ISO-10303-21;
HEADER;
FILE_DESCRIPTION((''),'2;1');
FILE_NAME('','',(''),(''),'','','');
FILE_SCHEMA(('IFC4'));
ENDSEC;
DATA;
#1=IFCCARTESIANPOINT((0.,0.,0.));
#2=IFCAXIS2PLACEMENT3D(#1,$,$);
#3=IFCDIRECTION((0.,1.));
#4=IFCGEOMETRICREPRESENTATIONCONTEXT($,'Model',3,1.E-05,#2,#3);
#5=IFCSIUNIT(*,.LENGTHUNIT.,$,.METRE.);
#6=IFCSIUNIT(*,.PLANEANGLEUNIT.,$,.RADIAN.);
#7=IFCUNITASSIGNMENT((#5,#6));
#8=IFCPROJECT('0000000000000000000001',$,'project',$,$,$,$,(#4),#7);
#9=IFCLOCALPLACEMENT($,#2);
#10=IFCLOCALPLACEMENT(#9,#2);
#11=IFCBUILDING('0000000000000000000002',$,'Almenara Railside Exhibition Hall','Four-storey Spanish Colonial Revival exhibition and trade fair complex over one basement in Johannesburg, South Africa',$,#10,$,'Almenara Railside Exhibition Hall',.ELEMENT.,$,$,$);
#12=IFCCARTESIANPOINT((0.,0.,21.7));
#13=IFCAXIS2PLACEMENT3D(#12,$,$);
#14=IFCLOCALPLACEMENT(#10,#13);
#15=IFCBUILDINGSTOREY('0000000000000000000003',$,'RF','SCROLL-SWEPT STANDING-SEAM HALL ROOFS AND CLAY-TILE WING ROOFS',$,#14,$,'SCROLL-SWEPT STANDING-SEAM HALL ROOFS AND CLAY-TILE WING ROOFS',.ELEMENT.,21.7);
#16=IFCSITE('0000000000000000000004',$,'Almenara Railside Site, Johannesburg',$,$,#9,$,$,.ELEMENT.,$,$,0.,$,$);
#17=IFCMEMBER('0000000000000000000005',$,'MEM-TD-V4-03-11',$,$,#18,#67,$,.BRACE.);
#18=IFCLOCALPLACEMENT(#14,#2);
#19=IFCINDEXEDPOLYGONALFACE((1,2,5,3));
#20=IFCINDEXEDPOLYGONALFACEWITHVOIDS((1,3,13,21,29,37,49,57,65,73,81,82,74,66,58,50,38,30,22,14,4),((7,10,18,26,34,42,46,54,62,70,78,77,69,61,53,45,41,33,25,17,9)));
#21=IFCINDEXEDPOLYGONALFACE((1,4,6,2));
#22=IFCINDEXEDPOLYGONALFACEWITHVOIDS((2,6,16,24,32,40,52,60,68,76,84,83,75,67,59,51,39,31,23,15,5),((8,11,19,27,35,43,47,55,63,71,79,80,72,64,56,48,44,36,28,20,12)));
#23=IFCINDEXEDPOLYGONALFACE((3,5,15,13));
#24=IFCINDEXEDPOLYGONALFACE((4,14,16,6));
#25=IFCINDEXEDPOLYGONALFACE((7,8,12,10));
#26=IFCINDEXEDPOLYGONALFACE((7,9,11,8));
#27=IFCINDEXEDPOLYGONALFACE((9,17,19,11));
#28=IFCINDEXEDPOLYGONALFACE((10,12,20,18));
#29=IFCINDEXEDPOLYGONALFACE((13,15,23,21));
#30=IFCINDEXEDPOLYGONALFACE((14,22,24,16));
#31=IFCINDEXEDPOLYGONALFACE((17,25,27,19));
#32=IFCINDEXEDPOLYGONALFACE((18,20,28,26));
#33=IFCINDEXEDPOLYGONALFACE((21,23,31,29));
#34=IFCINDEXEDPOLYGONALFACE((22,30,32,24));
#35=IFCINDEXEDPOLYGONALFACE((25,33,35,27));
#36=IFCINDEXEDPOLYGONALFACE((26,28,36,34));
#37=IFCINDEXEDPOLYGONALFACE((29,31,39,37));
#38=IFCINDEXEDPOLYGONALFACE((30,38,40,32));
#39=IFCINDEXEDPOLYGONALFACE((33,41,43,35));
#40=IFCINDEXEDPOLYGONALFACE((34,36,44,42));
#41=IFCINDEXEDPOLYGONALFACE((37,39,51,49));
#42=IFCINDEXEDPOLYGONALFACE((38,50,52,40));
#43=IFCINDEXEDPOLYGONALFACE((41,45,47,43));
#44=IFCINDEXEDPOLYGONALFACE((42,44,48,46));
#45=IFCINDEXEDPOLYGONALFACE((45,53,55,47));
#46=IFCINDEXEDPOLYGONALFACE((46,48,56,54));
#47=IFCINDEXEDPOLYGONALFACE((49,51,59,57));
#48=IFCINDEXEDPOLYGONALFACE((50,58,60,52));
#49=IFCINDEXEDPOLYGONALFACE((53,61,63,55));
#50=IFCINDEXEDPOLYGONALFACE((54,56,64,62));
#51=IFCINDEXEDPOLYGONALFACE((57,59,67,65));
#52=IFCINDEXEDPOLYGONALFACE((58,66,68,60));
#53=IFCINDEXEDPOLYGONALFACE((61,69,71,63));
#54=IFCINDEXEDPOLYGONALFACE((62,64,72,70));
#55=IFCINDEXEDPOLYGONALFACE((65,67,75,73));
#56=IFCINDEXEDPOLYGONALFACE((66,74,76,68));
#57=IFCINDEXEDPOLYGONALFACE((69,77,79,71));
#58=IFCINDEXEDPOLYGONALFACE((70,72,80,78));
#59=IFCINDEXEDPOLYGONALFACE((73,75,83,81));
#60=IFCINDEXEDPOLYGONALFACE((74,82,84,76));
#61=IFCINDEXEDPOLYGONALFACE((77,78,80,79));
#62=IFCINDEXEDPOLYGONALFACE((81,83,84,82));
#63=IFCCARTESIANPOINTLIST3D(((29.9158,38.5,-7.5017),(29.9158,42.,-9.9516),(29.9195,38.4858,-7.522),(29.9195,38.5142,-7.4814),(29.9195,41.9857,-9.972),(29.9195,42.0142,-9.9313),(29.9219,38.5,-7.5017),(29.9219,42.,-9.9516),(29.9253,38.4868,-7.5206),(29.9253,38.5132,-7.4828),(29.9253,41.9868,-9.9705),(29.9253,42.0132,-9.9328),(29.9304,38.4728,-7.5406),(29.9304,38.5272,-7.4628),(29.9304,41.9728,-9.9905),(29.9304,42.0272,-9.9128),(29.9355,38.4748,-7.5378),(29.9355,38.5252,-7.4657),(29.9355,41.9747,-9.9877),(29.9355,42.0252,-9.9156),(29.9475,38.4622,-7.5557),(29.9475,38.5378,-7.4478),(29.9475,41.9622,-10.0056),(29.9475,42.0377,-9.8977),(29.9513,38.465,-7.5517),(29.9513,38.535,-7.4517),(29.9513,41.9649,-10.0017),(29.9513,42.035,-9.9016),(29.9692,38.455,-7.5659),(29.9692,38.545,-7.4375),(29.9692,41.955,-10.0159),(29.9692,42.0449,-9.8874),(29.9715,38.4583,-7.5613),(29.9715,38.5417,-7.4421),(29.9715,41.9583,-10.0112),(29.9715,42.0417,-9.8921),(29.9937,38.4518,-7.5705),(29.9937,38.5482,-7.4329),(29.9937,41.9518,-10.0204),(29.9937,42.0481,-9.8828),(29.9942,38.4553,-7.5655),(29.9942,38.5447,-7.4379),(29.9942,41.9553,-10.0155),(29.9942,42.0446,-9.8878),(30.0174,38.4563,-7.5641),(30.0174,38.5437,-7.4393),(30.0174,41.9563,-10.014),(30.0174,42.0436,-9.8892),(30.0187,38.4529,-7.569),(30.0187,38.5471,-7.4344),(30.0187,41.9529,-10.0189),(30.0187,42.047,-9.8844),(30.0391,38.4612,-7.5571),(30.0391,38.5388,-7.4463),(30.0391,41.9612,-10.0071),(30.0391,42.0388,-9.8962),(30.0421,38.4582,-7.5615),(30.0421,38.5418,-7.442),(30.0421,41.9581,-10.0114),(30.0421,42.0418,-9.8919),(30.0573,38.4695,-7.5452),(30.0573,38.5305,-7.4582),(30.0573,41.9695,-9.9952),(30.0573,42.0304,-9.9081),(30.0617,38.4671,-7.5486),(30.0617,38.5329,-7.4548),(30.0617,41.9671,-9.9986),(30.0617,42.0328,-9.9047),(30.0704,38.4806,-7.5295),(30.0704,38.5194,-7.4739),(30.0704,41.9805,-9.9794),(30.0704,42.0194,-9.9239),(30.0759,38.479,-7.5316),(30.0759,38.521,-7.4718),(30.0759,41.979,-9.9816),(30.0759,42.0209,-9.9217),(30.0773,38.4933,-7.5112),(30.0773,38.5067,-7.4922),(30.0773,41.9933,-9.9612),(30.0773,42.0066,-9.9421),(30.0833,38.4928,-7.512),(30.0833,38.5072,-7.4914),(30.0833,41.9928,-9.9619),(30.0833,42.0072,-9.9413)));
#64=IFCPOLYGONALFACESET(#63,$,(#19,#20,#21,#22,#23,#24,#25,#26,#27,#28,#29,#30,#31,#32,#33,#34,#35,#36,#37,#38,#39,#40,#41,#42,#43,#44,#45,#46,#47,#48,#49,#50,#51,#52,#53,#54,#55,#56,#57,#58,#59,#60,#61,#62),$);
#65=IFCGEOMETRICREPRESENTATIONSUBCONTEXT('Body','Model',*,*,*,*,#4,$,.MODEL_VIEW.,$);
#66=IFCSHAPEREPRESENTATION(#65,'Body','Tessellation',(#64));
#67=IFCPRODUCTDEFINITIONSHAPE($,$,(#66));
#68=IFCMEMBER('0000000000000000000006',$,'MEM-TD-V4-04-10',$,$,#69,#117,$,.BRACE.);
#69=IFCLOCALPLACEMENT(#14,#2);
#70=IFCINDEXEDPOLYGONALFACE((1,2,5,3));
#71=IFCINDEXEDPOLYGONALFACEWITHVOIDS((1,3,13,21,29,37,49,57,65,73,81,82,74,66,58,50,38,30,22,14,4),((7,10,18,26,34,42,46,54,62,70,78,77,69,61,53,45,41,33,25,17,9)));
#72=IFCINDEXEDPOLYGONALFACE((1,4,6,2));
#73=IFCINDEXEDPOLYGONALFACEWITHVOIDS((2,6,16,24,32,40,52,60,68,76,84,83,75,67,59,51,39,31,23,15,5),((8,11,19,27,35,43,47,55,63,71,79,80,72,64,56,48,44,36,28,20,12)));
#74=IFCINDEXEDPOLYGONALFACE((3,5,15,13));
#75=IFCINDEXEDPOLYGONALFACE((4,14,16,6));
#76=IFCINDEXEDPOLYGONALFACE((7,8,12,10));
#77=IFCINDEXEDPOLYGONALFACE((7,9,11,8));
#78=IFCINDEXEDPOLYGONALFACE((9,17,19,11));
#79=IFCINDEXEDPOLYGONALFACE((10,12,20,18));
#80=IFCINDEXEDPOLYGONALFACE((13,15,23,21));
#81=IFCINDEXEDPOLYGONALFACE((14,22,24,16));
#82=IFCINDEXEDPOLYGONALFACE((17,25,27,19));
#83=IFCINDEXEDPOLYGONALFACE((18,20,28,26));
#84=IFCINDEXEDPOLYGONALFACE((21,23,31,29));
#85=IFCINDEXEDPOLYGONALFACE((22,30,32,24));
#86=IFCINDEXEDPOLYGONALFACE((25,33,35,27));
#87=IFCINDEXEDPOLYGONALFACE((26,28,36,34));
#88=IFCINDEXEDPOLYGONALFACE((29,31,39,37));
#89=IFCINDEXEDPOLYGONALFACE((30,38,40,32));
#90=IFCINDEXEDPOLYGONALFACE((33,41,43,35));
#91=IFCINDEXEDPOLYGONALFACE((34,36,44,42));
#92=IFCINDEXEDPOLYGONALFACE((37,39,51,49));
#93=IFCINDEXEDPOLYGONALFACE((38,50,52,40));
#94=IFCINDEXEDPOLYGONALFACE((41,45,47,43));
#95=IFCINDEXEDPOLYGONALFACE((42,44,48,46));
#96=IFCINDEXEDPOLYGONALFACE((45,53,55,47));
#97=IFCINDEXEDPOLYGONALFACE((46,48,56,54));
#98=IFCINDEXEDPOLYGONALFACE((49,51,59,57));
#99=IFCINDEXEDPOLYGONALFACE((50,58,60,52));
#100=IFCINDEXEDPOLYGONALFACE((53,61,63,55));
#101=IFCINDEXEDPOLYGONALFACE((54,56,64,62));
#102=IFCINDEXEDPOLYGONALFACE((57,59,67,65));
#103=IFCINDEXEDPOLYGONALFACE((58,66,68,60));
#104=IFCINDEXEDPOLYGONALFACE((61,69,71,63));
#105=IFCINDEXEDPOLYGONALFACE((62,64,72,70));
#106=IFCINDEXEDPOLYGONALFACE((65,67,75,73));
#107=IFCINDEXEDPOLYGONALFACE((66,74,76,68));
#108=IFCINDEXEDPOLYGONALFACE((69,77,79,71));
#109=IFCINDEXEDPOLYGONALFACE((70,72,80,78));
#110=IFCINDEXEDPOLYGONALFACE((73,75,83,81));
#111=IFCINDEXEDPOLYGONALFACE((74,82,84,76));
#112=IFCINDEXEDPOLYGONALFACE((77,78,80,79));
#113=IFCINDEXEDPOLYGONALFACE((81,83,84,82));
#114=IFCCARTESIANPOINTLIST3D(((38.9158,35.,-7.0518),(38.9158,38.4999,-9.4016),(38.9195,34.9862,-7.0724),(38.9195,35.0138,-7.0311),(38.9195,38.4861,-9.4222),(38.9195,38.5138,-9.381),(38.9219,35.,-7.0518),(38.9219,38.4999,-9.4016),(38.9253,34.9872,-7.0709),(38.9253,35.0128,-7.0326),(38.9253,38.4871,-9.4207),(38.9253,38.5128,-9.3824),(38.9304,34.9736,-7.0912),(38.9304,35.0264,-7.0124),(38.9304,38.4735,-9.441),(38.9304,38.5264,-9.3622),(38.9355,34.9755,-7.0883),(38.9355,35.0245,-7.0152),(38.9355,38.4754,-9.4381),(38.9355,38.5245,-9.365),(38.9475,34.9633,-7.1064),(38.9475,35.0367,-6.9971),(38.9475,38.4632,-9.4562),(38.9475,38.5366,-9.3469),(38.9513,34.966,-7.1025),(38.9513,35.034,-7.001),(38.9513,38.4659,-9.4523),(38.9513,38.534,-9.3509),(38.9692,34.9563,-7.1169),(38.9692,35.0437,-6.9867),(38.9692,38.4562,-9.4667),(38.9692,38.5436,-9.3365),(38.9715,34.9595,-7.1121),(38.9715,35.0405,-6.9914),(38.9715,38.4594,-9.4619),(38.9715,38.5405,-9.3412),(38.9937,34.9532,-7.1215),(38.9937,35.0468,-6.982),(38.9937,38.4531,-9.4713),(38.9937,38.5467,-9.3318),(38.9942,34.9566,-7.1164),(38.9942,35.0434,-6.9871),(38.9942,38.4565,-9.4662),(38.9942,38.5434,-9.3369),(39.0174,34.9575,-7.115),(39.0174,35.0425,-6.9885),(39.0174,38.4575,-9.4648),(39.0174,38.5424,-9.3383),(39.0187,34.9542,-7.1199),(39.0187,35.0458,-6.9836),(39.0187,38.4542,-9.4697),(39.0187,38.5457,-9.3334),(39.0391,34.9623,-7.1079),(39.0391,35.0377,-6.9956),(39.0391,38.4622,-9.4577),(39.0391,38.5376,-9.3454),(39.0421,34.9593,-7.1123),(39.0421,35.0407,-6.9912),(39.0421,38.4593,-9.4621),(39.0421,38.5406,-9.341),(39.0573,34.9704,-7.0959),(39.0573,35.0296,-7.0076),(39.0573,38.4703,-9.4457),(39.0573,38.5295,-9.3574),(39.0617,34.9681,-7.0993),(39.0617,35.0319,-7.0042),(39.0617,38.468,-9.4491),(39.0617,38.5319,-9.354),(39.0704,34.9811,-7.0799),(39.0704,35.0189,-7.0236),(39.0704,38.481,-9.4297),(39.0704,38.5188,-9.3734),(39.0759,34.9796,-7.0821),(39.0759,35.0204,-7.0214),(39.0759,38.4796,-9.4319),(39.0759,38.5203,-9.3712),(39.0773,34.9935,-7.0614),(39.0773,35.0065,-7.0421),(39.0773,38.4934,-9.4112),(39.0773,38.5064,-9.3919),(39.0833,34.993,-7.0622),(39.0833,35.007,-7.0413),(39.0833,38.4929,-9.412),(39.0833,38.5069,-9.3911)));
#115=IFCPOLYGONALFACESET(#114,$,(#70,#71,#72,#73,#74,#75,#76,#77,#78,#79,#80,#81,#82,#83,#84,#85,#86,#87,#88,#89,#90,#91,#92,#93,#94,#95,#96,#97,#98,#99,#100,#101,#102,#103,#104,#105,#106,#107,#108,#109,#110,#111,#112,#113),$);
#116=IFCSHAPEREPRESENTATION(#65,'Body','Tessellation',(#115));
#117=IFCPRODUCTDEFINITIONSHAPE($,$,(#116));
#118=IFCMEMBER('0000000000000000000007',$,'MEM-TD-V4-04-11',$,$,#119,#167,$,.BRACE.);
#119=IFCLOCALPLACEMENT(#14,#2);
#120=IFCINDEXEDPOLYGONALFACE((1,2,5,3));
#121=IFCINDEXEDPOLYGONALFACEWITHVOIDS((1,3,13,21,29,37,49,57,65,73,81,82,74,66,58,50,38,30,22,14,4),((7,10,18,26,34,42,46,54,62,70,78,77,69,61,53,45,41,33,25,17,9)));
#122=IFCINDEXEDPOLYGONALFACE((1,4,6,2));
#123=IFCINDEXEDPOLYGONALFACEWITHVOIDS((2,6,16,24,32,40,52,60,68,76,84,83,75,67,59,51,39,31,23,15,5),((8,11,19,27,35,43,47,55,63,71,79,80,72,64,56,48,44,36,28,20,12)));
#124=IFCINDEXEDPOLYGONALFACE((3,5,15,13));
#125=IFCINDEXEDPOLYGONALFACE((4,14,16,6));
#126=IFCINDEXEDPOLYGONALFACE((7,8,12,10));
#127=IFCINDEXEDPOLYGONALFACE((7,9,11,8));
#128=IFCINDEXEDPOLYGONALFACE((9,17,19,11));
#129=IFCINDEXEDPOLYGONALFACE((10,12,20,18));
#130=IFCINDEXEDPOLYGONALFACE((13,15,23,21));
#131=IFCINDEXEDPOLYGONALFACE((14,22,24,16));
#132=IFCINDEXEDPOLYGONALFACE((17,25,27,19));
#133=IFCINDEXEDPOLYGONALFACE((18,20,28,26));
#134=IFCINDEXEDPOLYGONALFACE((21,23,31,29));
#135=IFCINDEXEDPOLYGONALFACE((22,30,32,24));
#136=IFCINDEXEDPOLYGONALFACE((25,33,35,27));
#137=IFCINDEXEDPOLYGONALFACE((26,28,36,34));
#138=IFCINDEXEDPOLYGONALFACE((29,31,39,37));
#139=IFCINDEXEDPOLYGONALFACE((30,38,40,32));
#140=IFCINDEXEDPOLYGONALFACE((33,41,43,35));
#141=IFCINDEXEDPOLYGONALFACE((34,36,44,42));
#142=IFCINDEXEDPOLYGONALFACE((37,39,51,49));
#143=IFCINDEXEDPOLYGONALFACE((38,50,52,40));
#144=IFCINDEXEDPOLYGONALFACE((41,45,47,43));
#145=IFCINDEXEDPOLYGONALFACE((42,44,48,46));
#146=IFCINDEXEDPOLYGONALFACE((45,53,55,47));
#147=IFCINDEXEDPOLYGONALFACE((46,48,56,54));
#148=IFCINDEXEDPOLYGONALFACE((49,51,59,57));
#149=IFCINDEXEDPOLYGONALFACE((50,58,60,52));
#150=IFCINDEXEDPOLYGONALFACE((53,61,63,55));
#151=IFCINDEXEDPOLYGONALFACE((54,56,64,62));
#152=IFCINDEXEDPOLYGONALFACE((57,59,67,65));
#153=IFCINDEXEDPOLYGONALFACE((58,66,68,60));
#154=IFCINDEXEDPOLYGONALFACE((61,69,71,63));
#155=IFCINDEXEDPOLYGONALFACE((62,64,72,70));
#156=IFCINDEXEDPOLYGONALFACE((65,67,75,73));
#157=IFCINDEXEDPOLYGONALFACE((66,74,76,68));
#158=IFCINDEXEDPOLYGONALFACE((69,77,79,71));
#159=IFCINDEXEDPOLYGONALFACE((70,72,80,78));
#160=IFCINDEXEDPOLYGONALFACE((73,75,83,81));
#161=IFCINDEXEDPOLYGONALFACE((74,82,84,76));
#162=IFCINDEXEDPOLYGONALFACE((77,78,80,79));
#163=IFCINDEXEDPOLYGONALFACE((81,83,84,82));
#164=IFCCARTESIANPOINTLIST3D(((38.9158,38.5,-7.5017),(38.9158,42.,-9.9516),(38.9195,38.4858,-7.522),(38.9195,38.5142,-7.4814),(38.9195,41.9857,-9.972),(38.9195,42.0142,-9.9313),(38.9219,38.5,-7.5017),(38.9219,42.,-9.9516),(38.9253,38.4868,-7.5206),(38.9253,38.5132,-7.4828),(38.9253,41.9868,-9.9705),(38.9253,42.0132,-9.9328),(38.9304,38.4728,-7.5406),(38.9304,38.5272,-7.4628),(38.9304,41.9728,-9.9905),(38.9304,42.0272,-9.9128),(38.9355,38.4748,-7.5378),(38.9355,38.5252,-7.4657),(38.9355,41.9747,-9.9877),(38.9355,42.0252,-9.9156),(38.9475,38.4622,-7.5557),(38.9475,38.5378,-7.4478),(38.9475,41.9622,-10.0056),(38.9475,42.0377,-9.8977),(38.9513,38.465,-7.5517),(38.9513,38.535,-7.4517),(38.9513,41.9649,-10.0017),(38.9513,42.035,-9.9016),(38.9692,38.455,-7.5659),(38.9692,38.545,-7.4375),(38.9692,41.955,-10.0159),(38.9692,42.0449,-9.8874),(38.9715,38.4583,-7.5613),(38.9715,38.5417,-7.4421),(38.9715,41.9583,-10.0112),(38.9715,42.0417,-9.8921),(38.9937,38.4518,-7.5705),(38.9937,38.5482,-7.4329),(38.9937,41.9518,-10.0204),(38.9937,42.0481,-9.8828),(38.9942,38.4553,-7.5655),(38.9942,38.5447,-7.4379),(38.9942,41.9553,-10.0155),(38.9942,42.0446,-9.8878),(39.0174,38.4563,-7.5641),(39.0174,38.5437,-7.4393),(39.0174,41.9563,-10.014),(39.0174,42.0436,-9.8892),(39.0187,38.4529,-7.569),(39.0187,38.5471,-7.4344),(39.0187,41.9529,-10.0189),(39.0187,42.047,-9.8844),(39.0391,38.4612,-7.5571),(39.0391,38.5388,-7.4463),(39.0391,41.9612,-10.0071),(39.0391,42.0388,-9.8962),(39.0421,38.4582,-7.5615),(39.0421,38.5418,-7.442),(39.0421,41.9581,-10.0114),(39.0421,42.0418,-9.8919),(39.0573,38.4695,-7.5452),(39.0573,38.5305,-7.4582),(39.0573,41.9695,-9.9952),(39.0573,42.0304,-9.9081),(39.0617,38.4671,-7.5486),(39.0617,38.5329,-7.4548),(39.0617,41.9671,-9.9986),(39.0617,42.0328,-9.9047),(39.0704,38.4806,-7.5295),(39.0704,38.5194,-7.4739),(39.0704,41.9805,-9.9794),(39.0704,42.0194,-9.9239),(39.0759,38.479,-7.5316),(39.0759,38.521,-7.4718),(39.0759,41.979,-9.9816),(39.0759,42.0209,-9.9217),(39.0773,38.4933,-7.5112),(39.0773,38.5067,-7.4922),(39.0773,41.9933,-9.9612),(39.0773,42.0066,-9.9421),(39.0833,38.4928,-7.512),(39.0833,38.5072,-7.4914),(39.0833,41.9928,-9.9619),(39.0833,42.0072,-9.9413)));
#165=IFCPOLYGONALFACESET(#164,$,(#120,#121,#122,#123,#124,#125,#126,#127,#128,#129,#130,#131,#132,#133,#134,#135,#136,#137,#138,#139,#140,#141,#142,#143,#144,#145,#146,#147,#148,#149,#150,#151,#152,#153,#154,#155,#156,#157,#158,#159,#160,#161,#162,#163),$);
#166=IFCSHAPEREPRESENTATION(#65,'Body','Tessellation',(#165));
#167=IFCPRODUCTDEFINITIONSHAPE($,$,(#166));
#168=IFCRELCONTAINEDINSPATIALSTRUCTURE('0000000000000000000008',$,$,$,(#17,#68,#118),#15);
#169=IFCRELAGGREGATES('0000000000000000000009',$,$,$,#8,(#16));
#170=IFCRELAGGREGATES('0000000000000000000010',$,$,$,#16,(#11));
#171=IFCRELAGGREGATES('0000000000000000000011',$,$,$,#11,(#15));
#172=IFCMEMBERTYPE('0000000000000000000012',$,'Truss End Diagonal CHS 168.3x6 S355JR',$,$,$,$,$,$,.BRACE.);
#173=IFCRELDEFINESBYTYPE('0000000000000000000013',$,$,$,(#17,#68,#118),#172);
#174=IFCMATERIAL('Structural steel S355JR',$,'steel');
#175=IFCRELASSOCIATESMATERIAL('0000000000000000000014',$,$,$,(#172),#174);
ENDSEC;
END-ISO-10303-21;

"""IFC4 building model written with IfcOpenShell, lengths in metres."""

from ifc_helpers import new_model, si_unit, direction, frame, origin, origin_2d, place, context, subcontext, project, spatial, hollow_circle, extrude, material, material_profile, profile_set, type_object, element, save


model = new_model("IFC4")

# Units and contexts
model_context = context("Model", 3, precision=1e-05, world=origin(), true_north=direction((0.0, 1.0)))
body_context = subcontext(model_context, "Body", "Model", "MODEL_VIEW")
ifc_project = project(units=[si_unit("LENGTHUNIT", "METRE"), si_unit("PLANEANGLEUNIT", "RADIAN")], contexts=[model_context])

# Site, building, storey
site_placement = place(None, origin())
site = spatial("IfcSite", under=ifc_project, at=site_placement, Name="Almenara Railside Site, Johannesburg", CompositionType="ELEMENT", RefElevation=0.0)
building_placement = place(site_placement, origin())
building = spatial("IfcBuilding", under=site, at=building_placement, Name="Almenara Railside Exhibition Hall", Description="Four-storey Spanish Colonial Revival exhibition and trade fair complex over one basement in Johannesburg, South Africa", LongName="Almenara Railside Exhibition Hall", CompositionType="ELEMENT")
storey_placement = place(building_placement, frame((0.0, 0.0, 21.7)))
storey = spatial("IfcBuildingStorey", under=building, at=storey_placement, Name="RF", Description="SCROLL-SWEPT STANDING-SEAM HALL ROOFS AND CLAY-TILE WING ROOFS", LongName="SCROLL-SWEPT STANDING-SEAM HALL ROOFS AND CLAY-TILE WING ROOFS", CompositionType="ELEMENT", Elevation=21.7)

# Shared definitions
ifc_material = material(Name="Structural steel S355JR", Category="steel")

# Members
ifc_material_profile_1 = material_profile(ifc_material, hollow_circle(Radius=0.0842, WallThickness=0.0061, at=origin_2d()), Name="CHS 168.3x6")
ifc_profile_set_1 = profile_set([ifc_material_profile_1], Name="Structural steel S355JR")
member_type_1 = type_object("IfcMemberType", Name="Truss End Diagonal CHS 168.3x6 S355JR", PredefinedType="BRACE", material=ifc_profile_set_1)
member_1_placement = place(storey_placement, frame((30.0, 38.5, -7.5017), z_axis=(0.0, 0.819237, -0.573455), x_axis=(-1.0, 0.0, 0.0)))
element("IfcMember", 1, at=member_1_placement, inside=storey, type_object=member_type_1, Name="MEM-TD-V4-03-11", PredefinedType="BRACE", context=body_context, shape_type="SweptSolid", body=[
    extrude(hollow_circle(Radius=0.0842, WallThickness=0.0061, at=origin_2d()), origin(), (0.0, 0.0, 1.0), 4.2722),
])
member_2_placement = place(storey_placement, frame((39.0, 35.0, -7.0518), z_axis=(0.0, 0.830237, -0.55741), x_axis=(-1.0, 0.0, 0.0)))
element("IfcMember", 2, at=member_2_placement, inside=storey, type_object=member_type_1, Name="MEM-TD-V4-04-10", PredefinedType="BRACE", context=body_context, shape_type="SweptSolid", body=[
    extrude(hollow_circle(Radius=0.0842, WallThickness=0.0061, at=origin_2d()), origin(), (0.0, 0.0, 1.0), 4.2156),
])
member_3_placement = place(storey_placement, frame((39.0, 38.5, -7.5017), z_axis=(0.0, 0.819237, -0.573455), x_axis=(-1.0, 0.0, 0.0)))
element("IfcMember", 3, at=member_3_placement, inside=storey, type_object=member_type_1, Name="MEM-TD-V4-04-11", PredefinedType="BRACE", context=body_context, shape_type="SweptSolid", body=[
    extrude(hollow_circle(Radius=0.0842, WallThickness=0.0061, at=origin_2d()), origin(), (0.0, 0.0, 1.0), 4.2722),
])

save(model, "model.ifc")
